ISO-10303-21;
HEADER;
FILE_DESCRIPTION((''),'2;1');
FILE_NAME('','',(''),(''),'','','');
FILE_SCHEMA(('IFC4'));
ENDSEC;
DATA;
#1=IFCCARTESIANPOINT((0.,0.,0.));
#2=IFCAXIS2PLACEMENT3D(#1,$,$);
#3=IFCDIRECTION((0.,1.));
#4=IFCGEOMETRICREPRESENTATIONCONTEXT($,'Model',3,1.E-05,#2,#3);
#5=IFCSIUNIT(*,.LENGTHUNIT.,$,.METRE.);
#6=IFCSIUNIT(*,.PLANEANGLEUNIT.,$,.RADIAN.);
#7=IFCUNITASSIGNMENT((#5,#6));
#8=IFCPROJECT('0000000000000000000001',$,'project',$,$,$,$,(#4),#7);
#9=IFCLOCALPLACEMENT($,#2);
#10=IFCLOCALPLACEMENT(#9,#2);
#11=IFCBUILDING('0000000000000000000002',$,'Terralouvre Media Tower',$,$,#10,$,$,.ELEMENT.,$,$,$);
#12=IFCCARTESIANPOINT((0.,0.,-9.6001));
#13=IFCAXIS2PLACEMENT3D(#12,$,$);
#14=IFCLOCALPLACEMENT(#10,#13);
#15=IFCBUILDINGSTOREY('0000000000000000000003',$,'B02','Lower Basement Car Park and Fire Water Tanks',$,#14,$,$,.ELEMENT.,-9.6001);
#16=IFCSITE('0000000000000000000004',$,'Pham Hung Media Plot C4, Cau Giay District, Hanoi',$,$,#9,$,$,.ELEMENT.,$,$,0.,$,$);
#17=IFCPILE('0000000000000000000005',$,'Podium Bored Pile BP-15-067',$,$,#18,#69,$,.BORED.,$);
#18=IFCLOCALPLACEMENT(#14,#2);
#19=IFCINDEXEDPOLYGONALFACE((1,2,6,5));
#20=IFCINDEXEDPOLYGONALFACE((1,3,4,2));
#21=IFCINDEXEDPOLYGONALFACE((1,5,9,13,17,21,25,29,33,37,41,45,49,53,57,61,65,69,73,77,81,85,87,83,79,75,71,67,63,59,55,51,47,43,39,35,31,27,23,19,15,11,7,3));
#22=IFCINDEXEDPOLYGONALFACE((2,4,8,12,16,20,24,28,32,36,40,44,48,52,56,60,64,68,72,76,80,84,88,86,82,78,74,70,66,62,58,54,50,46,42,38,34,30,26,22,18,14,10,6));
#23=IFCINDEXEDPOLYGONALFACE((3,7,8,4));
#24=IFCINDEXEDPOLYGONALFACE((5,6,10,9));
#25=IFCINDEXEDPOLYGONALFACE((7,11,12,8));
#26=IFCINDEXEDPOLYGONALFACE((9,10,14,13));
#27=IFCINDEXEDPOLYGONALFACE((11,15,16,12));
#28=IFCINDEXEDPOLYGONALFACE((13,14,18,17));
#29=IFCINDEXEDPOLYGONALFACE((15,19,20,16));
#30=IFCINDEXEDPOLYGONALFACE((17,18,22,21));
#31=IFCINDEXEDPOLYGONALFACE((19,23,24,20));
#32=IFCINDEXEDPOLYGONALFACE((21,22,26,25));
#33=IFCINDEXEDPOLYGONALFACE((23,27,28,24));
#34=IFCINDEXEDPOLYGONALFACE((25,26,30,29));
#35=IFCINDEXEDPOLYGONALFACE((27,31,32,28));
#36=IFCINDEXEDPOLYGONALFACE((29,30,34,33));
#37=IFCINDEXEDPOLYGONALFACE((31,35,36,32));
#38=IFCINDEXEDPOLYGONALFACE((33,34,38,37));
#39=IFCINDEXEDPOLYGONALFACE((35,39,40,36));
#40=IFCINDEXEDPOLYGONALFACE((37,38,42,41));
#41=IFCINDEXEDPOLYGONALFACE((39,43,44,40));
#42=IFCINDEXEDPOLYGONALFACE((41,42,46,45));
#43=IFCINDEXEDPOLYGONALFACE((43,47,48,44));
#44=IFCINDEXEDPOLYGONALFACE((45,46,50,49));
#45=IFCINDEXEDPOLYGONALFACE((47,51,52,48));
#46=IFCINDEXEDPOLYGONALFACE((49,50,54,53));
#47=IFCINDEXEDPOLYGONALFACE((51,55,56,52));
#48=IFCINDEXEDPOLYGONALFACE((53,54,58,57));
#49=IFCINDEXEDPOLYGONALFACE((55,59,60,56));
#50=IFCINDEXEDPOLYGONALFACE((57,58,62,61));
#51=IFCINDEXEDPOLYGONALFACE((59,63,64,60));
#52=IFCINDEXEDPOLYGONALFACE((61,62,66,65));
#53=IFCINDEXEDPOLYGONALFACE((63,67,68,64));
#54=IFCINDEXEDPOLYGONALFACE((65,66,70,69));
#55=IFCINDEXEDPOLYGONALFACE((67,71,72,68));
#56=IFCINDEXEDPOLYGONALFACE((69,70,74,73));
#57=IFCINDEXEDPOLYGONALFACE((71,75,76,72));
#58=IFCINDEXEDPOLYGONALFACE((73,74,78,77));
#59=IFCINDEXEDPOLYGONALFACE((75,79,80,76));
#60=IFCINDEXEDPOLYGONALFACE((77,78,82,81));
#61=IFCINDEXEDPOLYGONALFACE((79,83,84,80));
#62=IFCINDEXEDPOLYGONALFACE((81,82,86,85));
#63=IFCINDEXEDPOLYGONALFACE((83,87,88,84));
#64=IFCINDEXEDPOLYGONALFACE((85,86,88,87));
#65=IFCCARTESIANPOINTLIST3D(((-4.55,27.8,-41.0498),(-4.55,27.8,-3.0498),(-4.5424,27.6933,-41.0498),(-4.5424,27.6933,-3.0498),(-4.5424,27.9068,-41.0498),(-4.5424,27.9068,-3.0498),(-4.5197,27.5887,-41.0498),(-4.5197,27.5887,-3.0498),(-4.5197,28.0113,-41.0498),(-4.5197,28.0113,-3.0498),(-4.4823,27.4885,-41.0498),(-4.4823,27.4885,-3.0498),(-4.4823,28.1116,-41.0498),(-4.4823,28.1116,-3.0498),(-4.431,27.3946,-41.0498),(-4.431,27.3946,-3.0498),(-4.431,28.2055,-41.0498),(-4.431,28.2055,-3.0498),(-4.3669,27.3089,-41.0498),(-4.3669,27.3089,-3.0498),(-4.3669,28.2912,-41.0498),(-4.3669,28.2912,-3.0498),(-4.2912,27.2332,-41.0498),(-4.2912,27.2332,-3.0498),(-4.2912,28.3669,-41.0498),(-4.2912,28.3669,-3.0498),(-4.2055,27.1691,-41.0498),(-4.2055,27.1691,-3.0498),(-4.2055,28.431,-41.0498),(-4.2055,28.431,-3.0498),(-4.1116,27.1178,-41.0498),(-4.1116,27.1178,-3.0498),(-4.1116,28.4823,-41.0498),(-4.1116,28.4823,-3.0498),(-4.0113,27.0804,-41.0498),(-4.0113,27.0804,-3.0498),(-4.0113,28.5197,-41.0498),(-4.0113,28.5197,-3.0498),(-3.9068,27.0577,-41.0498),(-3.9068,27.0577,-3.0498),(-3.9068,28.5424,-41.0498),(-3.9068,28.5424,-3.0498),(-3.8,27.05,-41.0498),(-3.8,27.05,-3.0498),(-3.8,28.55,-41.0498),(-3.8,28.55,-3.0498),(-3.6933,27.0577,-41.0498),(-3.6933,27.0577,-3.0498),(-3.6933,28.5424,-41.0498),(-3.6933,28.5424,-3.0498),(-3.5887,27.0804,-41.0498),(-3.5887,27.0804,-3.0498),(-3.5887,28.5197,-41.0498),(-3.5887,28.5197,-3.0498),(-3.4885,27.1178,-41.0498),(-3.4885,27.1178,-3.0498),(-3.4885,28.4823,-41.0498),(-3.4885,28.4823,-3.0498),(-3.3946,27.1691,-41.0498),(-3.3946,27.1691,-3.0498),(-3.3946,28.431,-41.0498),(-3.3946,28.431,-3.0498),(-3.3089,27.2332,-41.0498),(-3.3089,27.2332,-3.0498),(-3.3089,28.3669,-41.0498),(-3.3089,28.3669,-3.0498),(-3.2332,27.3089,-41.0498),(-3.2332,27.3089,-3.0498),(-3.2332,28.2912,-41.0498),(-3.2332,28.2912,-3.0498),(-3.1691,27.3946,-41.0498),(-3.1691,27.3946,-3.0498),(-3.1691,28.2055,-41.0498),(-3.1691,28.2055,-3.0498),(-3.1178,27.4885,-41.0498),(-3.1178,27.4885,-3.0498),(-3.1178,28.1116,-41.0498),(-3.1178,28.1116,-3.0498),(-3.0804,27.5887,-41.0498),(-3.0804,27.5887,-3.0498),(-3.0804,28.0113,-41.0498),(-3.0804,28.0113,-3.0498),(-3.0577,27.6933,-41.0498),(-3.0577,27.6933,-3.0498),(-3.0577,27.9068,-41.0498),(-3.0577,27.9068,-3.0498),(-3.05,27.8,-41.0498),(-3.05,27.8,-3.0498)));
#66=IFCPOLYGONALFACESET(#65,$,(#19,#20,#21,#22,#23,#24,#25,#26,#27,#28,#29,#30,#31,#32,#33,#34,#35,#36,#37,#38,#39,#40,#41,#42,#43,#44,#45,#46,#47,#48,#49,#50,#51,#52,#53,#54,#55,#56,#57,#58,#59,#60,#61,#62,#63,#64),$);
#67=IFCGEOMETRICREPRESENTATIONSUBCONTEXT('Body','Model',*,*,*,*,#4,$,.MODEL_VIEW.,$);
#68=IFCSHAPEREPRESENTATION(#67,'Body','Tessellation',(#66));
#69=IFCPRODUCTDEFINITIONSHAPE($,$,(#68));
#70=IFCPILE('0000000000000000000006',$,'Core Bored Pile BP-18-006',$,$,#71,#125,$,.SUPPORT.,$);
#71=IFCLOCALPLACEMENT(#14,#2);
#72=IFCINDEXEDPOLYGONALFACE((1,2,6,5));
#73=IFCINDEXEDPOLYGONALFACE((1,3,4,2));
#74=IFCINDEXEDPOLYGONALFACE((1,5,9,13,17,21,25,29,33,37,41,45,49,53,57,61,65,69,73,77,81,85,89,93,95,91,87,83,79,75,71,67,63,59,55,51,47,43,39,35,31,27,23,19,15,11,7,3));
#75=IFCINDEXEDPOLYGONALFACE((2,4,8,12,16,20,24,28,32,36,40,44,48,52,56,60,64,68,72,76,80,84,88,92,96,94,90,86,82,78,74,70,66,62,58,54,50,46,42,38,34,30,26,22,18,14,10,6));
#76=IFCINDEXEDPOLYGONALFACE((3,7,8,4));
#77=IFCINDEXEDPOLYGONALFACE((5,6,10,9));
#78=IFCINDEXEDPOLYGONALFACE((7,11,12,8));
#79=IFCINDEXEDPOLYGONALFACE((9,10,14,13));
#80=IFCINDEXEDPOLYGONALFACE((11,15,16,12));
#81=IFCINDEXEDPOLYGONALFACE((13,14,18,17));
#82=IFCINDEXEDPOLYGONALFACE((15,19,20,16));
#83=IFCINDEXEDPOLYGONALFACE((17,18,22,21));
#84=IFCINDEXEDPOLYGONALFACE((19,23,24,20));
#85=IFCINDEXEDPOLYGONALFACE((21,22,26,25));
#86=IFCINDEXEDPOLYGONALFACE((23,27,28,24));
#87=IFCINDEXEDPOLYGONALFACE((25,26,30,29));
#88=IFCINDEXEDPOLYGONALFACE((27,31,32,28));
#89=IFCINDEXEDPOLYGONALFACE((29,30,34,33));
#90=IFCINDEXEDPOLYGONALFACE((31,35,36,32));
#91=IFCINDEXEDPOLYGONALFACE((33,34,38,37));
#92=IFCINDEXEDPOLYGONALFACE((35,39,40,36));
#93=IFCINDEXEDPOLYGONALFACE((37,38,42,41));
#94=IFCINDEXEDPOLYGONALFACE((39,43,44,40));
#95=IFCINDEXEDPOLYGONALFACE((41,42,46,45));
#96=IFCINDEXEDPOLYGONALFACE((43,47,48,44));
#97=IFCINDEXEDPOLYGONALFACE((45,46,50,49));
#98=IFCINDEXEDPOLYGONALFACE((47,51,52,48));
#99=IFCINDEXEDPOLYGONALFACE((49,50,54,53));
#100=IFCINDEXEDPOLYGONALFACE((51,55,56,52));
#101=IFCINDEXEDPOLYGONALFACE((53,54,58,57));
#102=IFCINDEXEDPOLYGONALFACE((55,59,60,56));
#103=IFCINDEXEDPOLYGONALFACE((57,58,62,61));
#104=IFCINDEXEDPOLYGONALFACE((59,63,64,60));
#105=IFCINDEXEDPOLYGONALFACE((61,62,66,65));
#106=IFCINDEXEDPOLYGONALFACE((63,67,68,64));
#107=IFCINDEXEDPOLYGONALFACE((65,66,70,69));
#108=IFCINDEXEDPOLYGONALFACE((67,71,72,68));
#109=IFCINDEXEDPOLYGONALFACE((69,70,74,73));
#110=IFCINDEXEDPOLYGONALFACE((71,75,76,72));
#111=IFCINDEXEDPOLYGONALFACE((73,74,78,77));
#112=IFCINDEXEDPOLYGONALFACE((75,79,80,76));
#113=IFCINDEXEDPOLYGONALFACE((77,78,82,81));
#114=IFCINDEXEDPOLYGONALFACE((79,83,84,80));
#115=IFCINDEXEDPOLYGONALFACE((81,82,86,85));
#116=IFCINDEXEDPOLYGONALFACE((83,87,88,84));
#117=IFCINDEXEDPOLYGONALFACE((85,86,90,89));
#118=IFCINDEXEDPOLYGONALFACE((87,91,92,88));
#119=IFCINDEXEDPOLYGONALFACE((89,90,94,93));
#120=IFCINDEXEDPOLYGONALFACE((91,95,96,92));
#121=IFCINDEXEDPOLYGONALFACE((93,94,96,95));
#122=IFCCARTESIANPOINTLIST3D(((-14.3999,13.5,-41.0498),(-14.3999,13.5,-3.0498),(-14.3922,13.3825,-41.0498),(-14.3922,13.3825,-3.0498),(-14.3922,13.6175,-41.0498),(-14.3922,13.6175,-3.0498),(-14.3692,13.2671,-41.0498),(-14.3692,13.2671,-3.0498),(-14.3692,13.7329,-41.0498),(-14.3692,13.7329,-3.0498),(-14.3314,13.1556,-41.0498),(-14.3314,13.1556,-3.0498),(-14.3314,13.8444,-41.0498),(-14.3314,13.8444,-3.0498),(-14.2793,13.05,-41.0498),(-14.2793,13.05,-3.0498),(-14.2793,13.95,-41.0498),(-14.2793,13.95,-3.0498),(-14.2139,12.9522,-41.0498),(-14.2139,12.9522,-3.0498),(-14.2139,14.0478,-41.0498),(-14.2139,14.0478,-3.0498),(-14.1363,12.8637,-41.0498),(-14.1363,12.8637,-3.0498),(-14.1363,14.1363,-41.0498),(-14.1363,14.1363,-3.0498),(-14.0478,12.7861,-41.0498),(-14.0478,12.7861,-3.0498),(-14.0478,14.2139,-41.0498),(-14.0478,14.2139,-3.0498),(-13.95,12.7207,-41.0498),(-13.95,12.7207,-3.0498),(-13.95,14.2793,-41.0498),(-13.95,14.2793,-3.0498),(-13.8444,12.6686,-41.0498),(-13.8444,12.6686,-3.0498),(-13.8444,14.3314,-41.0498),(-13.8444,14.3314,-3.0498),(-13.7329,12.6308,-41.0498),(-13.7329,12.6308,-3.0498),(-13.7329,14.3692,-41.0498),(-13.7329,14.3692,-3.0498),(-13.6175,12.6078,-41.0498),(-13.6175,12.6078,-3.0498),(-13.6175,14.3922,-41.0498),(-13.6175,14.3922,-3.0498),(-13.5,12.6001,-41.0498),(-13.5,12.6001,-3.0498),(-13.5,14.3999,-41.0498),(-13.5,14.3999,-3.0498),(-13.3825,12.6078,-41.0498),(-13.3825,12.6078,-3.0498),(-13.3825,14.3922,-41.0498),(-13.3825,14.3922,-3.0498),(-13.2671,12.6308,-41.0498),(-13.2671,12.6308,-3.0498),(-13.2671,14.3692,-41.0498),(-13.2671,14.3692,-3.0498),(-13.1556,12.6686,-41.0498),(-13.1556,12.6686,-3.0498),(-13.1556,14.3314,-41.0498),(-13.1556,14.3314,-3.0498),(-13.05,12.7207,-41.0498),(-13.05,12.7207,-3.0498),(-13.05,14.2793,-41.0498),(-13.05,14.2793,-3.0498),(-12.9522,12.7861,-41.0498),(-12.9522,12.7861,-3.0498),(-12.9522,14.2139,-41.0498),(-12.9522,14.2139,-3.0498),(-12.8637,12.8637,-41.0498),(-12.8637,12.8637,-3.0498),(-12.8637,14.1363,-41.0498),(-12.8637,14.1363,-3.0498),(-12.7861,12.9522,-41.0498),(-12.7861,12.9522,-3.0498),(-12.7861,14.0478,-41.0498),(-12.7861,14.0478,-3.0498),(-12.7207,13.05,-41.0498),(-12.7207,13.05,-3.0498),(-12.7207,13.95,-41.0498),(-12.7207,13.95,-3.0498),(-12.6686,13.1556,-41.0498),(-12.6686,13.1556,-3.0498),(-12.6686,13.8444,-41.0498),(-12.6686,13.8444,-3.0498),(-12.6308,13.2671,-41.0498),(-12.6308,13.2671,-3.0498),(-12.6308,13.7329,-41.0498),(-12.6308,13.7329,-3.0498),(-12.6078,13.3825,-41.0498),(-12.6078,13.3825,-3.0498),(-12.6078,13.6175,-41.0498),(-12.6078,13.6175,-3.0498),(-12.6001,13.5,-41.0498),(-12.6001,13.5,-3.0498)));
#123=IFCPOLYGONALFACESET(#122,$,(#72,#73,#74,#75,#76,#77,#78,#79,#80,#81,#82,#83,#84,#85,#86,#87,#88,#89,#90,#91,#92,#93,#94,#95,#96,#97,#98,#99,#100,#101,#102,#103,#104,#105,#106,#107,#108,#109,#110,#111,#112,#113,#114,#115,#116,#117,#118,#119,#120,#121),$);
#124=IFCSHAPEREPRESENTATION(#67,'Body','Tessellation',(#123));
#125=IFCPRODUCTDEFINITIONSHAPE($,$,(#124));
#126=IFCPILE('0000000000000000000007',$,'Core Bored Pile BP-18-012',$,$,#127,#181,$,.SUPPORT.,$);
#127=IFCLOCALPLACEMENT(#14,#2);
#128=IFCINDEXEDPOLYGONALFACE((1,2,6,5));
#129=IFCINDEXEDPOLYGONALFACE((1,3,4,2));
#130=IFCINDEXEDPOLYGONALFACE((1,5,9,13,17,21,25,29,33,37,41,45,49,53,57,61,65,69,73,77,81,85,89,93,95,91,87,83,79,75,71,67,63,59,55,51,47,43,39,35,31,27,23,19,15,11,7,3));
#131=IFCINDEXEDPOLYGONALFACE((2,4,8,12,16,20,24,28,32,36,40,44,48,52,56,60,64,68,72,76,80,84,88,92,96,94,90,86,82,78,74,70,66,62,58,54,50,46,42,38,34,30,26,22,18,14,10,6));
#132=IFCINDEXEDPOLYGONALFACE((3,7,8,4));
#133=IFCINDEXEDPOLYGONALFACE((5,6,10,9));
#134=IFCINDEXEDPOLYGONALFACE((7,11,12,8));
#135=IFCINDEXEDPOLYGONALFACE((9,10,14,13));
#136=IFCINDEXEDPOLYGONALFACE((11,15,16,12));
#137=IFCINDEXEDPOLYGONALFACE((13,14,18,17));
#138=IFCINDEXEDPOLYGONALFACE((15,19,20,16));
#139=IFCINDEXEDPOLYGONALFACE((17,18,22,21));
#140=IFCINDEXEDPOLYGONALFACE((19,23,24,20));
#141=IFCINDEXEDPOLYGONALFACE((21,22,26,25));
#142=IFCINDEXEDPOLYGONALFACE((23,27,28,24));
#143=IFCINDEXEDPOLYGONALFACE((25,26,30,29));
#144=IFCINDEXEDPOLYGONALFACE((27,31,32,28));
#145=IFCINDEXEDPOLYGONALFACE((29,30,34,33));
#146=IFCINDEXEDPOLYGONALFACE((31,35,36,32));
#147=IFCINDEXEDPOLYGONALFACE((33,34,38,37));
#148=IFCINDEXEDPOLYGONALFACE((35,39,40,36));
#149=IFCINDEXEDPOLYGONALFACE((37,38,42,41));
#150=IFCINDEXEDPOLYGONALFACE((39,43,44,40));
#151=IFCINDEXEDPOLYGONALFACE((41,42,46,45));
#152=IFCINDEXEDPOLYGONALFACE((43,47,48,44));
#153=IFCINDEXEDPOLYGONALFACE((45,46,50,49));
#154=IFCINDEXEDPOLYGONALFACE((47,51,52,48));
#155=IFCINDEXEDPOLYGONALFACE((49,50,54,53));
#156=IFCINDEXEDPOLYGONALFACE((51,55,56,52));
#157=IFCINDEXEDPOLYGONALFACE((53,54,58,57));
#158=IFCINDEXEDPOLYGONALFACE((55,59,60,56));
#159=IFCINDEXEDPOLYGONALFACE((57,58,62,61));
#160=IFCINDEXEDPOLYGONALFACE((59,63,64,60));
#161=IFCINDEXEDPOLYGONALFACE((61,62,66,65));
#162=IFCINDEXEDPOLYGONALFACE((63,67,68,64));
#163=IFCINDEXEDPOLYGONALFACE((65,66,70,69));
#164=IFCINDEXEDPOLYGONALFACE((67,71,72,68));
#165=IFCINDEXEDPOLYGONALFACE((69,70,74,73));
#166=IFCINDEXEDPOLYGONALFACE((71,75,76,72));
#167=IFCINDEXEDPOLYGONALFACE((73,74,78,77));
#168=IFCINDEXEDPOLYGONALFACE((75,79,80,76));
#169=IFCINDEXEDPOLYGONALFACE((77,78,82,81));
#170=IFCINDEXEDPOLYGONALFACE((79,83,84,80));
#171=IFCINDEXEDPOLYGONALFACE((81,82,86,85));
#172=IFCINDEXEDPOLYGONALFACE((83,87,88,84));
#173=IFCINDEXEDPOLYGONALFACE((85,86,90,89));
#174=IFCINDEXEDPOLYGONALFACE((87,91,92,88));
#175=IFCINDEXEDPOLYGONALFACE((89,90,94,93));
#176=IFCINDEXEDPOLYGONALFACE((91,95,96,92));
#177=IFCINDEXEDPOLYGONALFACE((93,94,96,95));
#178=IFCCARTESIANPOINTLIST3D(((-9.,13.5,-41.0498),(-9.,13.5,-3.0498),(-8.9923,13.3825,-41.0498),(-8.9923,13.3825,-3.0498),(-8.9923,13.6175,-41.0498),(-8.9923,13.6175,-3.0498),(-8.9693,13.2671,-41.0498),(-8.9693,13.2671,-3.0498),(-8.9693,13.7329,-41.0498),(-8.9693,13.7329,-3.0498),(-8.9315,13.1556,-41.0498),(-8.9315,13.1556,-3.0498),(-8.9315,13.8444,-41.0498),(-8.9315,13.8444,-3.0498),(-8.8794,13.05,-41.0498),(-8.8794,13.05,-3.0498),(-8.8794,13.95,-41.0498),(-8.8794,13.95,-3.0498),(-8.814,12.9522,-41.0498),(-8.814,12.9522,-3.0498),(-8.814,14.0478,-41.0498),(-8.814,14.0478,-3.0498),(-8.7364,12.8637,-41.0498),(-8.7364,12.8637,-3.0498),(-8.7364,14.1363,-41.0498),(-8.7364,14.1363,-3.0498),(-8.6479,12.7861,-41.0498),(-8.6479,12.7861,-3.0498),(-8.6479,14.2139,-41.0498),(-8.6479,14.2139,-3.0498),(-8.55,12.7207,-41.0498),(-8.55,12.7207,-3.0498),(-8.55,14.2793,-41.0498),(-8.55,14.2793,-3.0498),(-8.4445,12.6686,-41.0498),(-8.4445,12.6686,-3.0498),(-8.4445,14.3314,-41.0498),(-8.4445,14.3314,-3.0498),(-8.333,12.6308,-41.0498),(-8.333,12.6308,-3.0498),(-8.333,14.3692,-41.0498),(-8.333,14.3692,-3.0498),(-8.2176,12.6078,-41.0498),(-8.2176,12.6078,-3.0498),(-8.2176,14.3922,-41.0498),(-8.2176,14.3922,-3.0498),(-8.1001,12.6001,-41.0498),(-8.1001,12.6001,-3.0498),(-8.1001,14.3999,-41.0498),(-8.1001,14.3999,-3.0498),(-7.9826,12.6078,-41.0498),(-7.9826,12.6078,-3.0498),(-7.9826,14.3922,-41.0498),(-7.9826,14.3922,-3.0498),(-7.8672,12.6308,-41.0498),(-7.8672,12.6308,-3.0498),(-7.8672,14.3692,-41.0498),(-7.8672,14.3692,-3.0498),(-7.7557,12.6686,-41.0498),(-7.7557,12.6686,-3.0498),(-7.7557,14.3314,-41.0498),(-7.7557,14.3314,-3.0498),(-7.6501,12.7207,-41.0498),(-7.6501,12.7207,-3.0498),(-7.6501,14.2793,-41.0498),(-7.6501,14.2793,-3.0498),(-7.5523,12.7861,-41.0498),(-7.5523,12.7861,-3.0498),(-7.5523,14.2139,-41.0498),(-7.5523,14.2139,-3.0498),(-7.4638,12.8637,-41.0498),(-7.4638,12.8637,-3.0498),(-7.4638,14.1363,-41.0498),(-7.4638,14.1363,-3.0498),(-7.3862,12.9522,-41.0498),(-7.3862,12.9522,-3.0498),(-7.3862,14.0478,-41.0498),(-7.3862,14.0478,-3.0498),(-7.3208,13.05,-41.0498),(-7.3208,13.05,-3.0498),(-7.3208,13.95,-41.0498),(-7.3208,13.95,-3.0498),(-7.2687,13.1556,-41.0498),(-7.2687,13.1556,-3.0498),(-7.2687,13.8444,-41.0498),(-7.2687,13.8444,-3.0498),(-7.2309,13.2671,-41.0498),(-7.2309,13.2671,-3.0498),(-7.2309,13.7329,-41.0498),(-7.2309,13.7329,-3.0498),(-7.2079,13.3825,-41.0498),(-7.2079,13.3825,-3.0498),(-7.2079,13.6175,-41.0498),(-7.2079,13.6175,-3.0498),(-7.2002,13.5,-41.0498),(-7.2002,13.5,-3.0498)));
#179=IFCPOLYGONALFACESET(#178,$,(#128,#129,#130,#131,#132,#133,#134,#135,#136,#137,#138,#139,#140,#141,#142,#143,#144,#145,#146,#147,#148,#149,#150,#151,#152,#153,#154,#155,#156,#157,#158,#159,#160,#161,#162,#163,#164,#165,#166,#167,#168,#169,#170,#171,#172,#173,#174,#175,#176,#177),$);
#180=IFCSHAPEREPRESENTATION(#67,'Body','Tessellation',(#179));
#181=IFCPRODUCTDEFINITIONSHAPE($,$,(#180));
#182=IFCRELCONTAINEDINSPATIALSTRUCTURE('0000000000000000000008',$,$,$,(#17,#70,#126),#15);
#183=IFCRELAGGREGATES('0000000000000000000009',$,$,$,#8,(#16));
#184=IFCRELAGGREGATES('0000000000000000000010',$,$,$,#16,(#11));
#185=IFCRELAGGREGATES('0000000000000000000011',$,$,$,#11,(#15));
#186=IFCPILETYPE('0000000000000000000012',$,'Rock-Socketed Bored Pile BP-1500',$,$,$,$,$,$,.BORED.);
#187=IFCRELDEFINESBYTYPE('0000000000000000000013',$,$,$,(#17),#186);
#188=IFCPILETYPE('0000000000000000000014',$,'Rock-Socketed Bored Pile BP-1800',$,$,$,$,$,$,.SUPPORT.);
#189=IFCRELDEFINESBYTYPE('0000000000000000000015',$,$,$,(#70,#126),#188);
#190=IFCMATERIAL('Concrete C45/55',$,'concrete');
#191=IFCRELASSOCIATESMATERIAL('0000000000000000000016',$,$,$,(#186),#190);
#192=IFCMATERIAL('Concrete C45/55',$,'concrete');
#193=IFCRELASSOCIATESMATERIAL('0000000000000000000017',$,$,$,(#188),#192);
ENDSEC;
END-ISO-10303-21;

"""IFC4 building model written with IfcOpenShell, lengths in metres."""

from ifc_helpers import new_model, si_unit, direction, frame, origin, origin_2d, place, context, subcontext, project, spatial, circle, extrude, material, material_profile, profile_set, type_object, element, save


model = new_model("IFC4")

# Units and contexts
model_context = context("Model", 3, precision=1e-05, world=origin(), true_north=direction((0.0, 1.0)))
body_context = subcontext(model_context, "Body", "Model", "MODEL_VIEW")
ifc_project = project(units=[si_unit("LENGTHUNIT", "METRE"), si_unit("PLANEANGLEUNIT", "RADIAN")], contexts=[model_context])

# Site, building, storey
site_placement = place(None, origin())
site = spatial("IfcSite", under=ifc_project, at=site_placement, Name="Pham Hung Media Plot C4, Cau Giay District, Hanoi", CompositionType="ELEMENT", RefElevation=0.0)
building_placement = place(site_placement, origin())
building = spatial("IfcBuilding", under=site, at=building_placement, Name="Terralouvre Media Tower", CompositionType="ELEMENT")
storey_placement = place(building_placement, frame((0.0, 0.0, -9.6001)))
storey = spatial("IfcBuildingStorey", under=building, at=storey_placement, Name="B02", Description="Lower Basement Car Park and Fire Water Tanks", CompositionType="ELEMENT", Elevation=-9.6001)

# Piles
ifc_material_1 = material(Name="Concrete C45/55", Category="concrete")
ifc_material_profile_1 = material_profile(ifc_material_1, circle(Radius=0.75, at=origin_2d()), Name="BORED PILE 1500")
ifc_profile_set_1 = profile_set([ifc_material_profile_1], Name="Concrete C45/55")
pile_type_1 = type_object("IfcPileType", Name="Rock-Socketed Bored Pile BP-1500", PredefinedType="BORED", material=ifc_profile_set_1)
for number, where, z_axis, x_axis, name in (
    (1, (-3.8, 27.8, -3.0498), (0.0, 0.0, -1.0), (1.0, 0.0, 0.0), "Podium Bored Pile BP-15-067"),
):
    element("IfcPile", number, at=place(storey_placement, frame(where, z_axis=z_axis, x_axis=x_axis)), inside=storey, type_object=pile_type_1, Name=name, PredefinedType="BORED", context=body_context, shape_type="SweptSolid", body=[
        extrude(circle(Radius=0.75, at=origin_2d()), origin(), (0.0, 0.0, 1.0), 38.0),
    ])
ifc_material_2 = material(Name="Concrete C45/55", Category="concrete")
ifc_material_profile_2 = material_profile(ifc_material_2, circle(Radius=0.8999, at=origin_2d()), Name="BORED PILE 1800")
ifc_profile_set_2 = profile_set([ifc_material_profile_2], Name="Concrete C45/55")
pile_type_2 = type_object("IfcPileType", Name="Rock-Socketed Bored Pile BP-1800", PredefinedType="SUPPORT", material=ifc_profile_set_2)
for number, where, z_axis, x_axis, name in (
    (2, (-13.5, 13.5, -3.0498), (0.0, 0.0, -1.0), (1.0, 0.0, 0.0), "Core Bored Pile BP-18-006"),
    (3, (-8.1001, 13.5, -3.0498), (0.0, 0.0, -1.0), (1.0, 0.0, 0.0), "Core Bored Pile BP-18-012"),
):
    element("IfcPile", number, at=place(storey_placement, frame(where, z_axis=z_axis, x_axis=x_axis)), inside=storey, type_object=pile_type_2, Name=name, PredefinedType="SUPPORT", context=body_context, shape_type="SweptSolid", body=[
        extrude(circle(Radius=0.8999, at=origin_2d()), origin(), (0.0, 0.0, 1.0), 38.0),
    ])

save(model, "model.ifc")
